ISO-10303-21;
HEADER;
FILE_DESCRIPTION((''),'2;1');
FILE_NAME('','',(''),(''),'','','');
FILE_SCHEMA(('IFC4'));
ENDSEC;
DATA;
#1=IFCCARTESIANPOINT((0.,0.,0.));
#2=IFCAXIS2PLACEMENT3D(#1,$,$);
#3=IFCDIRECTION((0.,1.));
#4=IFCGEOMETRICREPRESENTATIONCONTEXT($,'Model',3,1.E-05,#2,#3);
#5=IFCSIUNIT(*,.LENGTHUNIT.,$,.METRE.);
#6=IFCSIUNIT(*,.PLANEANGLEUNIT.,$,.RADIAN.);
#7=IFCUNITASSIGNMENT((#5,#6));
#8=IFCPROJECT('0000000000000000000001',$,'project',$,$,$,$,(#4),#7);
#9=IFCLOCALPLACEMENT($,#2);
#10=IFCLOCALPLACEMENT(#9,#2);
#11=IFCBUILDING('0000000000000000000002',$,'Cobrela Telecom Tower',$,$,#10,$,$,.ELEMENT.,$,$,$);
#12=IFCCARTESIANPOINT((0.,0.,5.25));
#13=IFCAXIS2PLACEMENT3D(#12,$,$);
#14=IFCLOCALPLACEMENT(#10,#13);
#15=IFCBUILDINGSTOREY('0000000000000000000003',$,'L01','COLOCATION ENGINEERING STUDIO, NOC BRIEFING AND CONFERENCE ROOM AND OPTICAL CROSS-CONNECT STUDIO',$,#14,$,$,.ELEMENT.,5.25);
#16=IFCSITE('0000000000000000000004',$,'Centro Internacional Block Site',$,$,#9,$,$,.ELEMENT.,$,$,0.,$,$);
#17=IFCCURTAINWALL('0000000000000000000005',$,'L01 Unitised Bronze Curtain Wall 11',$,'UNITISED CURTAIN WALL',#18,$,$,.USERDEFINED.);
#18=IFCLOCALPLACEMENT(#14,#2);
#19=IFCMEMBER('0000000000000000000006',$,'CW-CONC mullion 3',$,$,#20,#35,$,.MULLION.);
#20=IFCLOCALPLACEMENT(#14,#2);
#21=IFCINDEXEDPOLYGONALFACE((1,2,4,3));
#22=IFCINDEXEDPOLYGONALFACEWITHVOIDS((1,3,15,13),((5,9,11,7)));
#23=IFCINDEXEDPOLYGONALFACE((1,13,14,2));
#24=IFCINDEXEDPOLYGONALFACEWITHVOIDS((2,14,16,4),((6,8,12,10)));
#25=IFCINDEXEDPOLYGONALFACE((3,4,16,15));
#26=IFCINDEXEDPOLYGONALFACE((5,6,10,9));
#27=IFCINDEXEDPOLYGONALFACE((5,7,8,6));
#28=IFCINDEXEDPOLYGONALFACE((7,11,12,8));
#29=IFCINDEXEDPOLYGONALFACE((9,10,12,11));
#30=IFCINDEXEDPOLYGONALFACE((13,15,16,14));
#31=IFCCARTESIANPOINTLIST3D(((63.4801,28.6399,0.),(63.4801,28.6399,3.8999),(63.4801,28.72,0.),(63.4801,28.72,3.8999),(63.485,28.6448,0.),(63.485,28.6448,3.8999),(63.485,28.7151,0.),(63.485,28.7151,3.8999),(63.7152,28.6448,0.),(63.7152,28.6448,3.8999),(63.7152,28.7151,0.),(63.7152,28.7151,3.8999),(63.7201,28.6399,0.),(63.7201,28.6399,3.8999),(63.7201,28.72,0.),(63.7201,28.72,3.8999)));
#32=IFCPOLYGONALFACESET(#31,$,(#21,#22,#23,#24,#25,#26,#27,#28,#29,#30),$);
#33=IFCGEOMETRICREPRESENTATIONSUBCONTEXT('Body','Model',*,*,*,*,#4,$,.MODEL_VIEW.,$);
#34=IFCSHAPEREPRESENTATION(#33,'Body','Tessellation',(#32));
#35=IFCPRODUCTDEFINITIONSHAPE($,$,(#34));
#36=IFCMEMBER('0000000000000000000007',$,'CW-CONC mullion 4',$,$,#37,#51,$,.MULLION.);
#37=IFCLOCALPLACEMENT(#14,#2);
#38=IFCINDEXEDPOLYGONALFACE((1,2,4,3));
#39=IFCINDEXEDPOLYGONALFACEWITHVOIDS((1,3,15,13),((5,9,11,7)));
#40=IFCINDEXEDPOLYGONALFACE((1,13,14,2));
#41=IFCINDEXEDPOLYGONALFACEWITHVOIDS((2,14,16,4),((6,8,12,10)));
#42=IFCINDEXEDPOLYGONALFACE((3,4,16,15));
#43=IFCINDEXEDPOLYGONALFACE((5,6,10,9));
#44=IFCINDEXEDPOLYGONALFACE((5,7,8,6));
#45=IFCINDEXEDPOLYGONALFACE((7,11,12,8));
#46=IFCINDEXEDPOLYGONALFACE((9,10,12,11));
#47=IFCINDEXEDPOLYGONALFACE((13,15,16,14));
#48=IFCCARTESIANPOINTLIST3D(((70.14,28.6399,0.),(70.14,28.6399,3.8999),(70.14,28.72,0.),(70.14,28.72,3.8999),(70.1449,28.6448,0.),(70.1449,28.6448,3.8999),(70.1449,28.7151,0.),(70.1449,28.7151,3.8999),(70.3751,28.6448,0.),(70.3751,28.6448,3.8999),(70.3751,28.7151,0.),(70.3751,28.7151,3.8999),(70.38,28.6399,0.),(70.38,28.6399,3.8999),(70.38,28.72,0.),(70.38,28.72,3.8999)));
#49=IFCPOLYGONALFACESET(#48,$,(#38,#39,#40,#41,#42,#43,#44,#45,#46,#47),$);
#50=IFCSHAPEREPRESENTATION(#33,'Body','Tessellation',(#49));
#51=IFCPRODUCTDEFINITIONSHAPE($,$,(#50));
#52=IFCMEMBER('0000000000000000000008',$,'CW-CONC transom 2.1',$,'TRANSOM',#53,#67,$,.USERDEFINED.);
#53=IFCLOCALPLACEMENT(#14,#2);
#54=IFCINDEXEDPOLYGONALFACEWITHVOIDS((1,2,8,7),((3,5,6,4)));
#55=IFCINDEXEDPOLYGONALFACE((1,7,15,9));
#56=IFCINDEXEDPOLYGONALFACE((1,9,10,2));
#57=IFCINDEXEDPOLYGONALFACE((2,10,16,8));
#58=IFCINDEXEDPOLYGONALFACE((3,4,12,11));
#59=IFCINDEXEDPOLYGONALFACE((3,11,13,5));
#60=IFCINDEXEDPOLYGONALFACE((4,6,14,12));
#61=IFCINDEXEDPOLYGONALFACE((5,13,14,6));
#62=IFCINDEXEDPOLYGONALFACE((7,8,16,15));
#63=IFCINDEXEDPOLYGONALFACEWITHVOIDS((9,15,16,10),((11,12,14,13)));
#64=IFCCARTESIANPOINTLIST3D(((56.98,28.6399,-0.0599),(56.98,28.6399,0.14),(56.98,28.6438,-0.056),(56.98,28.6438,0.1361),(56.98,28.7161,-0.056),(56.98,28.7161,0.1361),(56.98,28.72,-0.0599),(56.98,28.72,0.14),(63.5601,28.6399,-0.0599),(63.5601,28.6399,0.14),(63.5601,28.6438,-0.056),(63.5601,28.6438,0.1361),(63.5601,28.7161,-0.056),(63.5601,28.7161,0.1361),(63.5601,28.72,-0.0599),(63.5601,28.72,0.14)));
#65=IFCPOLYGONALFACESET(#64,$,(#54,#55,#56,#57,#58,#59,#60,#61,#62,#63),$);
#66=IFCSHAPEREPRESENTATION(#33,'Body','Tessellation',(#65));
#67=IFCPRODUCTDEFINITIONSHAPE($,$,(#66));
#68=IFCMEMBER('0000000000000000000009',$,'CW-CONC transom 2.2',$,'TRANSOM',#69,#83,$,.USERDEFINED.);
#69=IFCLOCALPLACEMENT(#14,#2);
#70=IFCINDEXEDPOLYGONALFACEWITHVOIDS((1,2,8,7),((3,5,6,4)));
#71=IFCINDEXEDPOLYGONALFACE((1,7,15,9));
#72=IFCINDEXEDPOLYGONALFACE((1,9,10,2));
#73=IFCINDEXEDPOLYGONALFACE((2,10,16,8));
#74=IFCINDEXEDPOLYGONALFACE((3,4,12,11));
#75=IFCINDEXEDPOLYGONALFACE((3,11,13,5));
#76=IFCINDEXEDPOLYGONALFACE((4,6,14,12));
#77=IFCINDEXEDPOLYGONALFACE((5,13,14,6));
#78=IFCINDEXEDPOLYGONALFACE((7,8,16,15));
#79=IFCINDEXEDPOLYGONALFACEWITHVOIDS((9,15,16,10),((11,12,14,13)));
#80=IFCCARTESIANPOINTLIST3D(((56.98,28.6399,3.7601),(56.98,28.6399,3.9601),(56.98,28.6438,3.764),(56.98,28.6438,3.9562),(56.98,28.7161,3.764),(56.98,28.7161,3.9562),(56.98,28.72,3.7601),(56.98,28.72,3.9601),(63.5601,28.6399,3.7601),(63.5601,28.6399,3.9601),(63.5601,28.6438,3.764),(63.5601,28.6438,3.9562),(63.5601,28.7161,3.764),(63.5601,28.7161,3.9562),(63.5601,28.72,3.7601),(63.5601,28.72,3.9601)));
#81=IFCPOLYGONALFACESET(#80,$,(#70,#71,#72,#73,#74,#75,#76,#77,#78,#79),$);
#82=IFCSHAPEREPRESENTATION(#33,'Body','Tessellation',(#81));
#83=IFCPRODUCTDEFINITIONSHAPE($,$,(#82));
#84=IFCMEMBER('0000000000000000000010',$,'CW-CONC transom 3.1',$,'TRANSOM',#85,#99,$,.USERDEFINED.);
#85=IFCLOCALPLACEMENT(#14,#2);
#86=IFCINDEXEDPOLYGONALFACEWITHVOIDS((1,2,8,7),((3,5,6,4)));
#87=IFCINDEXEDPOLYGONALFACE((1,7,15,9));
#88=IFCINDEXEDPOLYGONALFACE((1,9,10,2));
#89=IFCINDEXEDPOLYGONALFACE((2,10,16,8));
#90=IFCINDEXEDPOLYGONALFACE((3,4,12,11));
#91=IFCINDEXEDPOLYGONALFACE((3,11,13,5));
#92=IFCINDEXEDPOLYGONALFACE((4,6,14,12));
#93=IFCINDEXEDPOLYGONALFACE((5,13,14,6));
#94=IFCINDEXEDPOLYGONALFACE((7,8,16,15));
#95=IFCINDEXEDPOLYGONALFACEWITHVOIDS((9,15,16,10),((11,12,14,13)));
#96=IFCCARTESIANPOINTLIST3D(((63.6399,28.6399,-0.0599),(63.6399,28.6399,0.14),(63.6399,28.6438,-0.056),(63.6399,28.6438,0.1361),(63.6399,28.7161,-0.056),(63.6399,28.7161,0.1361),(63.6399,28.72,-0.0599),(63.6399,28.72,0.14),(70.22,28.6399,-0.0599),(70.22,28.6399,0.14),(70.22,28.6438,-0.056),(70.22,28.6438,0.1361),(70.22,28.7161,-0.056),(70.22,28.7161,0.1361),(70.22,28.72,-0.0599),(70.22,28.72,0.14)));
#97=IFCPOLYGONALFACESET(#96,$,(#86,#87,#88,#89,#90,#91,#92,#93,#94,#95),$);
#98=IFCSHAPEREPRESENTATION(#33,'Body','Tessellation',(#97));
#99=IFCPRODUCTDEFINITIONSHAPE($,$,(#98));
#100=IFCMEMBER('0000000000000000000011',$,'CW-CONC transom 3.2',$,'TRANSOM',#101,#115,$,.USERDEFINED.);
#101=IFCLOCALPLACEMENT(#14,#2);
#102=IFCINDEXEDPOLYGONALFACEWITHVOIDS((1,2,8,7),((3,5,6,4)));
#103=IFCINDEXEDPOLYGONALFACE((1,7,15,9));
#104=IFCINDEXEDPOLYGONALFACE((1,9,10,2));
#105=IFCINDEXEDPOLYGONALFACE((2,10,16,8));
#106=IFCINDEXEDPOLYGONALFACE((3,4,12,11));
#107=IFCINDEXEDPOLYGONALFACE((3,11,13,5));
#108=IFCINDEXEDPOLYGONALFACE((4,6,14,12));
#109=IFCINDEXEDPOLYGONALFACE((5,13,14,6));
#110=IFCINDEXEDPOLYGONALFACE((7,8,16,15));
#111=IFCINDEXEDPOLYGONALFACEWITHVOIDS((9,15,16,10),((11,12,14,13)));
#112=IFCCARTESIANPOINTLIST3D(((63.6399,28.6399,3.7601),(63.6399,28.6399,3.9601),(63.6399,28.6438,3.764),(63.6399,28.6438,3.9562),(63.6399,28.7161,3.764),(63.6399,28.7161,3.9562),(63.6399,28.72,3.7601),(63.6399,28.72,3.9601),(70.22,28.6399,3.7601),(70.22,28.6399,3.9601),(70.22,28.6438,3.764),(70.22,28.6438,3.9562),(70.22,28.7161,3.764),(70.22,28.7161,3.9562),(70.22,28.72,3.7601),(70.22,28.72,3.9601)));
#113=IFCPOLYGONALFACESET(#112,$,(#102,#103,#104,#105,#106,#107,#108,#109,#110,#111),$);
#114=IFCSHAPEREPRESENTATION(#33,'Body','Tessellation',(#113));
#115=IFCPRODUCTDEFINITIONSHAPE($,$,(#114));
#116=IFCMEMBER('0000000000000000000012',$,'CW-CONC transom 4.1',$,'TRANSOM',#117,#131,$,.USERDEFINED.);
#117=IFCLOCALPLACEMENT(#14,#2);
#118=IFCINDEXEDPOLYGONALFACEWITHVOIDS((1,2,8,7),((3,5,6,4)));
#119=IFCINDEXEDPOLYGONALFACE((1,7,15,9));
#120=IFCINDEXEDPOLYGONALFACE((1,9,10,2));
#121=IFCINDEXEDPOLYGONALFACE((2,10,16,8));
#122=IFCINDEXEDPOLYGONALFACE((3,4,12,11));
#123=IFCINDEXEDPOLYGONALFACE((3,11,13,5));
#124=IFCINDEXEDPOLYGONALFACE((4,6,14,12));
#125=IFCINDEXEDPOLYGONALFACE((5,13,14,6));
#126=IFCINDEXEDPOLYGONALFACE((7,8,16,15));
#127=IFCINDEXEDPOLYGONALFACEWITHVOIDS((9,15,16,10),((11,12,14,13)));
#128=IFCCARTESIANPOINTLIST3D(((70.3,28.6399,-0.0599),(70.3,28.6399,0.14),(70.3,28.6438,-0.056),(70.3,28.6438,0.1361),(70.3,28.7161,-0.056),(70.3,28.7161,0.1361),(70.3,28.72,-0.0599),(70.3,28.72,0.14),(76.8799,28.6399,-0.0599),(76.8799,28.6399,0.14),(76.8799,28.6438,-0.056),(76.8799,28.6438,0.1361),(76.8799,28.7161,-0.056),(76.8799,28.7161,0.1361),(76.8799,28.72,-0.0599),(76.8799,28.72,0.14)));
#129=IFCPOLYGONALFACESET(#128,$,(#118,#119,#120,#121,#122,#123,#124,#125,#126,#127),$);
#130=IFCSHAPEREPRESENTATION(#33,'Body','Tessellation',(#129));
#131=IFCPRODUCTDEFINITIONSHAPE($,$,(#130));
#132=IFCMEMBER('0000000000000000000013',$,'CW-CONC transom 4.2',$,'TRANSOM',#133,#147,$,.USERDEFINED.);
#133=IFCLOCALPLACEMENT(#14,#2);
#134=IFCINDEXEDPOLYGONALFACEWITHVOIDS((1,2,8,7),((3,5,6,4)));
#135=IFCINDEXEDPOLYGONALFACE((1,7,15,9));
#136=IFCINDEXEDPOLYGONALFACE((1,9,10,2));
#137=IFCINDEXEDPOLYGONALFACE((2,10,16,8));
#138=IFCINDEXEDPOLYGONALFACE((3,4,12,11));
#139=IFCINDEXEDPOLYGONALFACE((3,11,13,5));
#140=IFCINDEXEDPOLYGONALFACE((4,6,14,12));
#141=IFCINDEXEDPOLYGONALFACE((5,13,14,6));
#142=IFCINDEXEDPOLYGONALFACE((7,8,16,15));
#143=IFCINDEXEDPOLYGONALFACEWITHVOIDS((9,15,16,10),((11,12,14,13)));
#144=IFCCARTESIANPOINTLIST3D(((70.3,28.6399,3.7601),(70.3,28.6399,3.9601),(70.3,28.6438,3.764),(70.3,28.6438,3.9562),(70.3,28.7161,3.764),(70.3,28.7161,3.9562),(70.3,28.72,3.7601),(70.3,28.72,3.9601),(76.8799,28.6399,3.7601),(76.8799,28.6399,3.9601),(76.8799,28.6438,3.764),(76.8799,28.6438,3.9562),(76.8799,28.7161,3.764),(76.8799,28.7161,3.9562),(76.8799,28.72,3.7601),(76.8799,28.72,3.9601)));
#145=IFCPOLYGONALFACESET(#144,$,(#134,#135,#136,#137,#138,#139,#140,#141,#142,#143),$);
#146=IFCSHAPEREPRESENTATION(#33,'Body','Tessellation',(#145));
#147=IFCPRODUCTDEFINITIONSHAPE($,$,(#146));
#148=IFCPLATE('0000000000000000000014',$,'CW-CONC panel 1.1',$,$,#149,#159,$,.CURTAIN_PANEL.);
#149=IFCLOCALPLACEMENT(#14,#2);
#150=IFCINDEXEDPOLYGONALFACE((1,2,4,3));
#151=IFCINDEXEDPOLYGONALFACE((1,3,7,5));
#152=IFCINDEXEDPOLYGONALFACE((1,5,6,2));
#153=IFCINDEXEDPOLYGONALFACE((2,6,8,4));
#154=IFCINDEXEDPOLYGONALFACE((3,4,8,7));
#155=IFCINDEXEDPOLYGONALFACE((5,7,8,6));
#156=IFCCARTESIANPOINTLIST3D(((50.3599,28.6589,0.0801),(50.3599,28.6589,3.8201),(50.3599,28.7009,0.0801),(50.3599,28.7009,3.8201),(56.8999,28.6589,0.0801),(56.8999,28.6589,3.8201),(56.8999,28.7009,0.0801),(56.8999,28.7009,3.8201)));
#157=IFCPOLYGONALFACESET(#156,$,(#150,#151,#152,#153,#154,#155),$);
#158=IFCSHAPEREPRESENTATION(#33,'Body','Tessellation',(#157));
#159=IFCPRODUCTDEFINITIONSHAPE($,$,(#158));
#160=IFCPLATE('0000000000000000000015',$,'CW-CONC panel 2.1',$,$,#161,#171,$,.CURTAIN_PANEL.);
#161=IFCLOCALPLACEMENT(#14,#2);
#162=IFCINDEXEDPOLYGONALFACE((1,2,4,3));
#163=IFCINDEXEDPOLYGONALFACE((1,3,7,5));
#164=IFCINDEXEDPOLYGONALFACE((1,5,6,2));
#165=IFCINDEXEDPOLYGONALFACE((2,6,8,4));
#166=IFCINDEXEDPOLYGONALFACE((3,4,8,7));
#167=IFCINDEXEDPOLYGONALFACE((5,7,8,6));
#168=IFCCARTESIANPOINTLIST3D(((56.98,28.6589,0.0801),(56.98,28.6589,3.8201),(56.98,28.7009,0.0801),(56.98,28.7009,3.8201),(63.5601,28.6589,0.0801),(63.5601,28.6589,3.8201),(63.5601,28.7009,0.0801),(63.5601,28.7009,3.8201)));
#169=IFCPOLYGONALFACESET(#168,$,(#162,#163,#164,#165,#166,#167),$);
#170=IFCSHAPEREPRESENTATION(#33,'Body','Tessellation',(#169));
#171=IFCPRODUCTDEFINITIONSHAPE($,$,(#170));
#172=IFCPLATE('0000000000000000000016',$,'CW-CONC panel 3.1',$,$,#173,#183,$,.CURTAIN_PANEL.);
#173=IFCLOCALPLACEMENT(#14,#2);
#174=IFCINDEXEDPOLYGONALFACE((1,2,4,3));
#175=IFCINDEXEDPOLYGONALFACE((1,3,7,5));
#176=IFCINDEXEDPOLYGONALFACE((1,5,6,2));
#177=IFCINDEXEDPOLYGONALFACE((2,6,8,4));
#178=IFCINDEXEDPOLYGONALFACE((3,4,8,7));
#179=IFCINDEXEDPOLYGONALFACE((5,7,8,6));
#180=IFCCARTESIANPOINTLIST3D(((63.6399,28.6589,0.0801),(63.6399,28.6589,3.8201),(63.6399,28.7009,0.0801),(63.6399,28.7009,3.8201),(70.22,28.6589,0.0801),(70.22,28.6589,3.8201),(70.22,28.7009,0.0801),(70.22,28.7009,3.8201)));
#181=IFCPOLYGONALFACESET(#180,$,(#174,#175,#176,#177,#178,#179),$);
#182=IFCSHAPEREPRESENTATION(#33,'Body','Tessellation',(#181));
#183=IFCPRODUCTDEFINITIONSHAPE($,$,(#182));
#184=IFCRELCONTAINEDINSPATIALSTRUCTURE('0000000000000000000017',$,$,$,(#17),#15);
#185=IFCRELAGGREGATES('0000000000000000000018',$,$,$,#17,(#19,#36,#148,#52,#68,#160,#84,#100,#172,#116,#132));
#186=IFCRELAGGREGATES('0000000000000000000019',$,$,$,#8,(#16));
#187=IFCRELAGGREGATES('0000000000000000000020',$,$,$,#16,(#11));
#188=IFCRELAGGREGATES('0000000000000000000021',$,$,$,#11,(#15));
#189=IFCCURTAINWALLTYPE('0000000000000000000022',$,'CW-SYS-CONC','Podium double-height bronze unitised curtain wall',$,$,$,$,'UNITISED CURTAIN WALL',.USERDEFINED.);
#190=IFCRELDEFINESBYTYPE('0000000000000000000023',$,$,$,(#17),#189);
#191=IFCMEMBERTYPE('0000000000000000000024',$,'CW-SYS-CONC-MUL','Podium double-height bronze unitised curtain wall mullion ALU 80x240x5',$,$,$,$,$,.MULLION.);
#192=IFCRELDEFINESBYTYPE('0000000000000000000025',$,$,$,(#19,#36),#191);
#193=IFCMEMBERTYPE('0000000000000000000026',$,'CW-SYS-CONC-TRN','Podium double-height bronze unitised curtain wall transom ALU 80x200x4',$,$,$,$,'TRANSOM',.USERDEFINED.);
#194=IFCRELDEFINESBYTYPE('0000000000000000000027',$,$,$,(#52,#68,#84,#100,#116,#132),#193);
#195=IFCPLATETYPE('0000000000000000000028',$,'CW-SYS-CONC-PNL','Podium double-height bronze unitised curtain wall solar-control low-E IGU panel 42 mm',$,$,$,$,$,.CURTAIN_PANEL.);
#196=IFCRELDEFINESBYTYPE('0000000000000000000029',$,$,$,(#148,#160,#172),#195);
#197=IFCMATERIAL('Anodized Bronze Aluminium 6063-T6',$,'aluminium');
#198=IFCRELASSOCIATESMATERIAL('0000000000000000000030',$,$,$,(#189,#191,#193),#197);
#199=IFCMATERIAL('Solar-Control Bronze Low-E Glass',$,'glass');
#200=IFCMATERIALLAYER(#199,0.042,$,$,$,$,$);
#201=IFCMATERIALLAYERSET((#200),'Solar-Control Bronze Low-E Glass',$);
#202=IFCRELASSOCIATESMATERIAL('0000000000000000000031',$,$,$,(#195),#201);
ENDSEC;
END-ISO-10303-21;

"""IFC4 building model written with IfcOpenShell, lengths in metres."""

from ifc_helpers import new_model, si_unit, direction, frame, origin, origin_2d, place, context, subcontext, project, spatial, rectangle, hollow_rectangle, extrude, material, layer, layer_set, material_profile, profile_set, type_object, element, aggregate, save


model = new_model("IFC4")

# Units and contexts
model_context = context("Model", 3, precision=1e-05, world=origin(), true_north=direction((0.0, 1.0)))
body_context = subcontext(model_context, "Body", "Model", "MODEL_VIEW")
ifc_project = project(units=[si_unit("LENGTHUNIT", "METRE"), si_unit("PLANEANGLEUNIT", "RADIAN")], contexts=[model_context])

# Site, building, storey
site_placement = place(None, origin())
site = spatial("IfcSite", under=ifc_project, at=site_placement, Name="Centro Internacional Block Site", CompositionType="ELEMENT", RefElevation=0.0)
building_placement = place(site_placement, origin())
building = spatial("IfcBuilding", under=site, at=building_placement, Name="Cobrela Telecom Tower", CompositionType="ELEMENT")
storey_placement = place(building_placement, frame((0.0, 0.0, 5.25)))
storey = spatial("IfcBuildingStorey", under=building, at=storey_placement, Name="L01", Description="COLOCATION ENGINEERING STUDIO, NOC BRIEFING AND CONFERENCE ROOM AND OPTICAL CROSS-CONNECT STUDIO", CompositionType="ELEMENT", Elevation=5.25)

# Curtain wall, members, plates
ifc_material_1 = material(Name="Anodized Bronze Aluminium 6063-T6", Category="aluminium")
curtain_wall_type = type_object("IfcCurtainWallType", Name="CW-SYS-CONC", Description="Podium double-height bronze unitised curtain wall", ElementType="UNITISED CURTAIN WALL", PredefinedType="USERDEFINED", material=ifc_material_1)
curtain_wall_placement = place(storey_placement, origin())
curtain_wall = element("IfcCurtainWall", 1, at=curtain_wall_placement, inside=storey, type_object=curtain_wall_type, Name="L01 Unitised Bronze Curtain Wall 11", ObjectType="UNITISED CURTAIN WALL", PredefinedType="USERDEFINED")
ifc_material_profile_1 = material_profile(ifc_material_1, hollow_rectangle(XDim=0.0801, YDim=0.24, WallThickness=0.0049, at=origin_2d()), Name="ALU 80x240x5")
ifc_profile_set_1 = profile_set([ifc_material_profile_1], Name="Anodized Bronze Aluminium 6063-T6")
member_type_1 = type_object("IfcMemberType", Name="CW-SYS-CONC-MUL", Description="Podium double-height bronze unitised curtain wall mullion ALU 80x240x5", PredefinedType="MULLION", material=ifc_profile_set_1)
member_1_placement = place(storey_placement, frame((63.6001, 28.6799, 0.0), z_axis=(0.0, 0.0, 1.0), x_axis=(0.0, 1.0, 0.0)))
member_1 = element("IfcMember", 2, at=member_1_placement, type_object=member_type_1, Name="CW-CONC mullion 3", PredefinedType="MULLION", context=body_context, shape_type="SweptSolid", body=[
    extrude(hollow_rectangle(XDim=0.0801, YDim=0.24, WallThickness=0.0049, at=origin_2d()), origin(), (0.0, 0.0, 1.0), 3.8999),
])
member_2_placement = place(storey_placement, frame((70.26, 28.6799, 0.0), z_axis=(0.0, 0.0, 1.0), x_axis=(0.0, 1.0, 0.0)))
member_2 = element("IfcMember", 3, at=member_2_placement, type_object=member_type_1, Name="CW-CONC mullion 4", PredefinedType="MULLION", context=body_context, shape_type="SweptSolid", body=[
    extrude(hollow_rectangle(XDim=0.0801, YDim=0.24, WallThickness=0.0049, at=origin_2d()), origin(), (0.0, 0.0, 1.0), 3.8999),
])
ifc_material_profile_2 = material_profile(ifc_material_1, hollow_rectangle(XDim=0.0801, YDim=0.2, WallThickness=0.0039, at=origin_2d()), Name="ALU 80x200x4")
ifc_profile_set_2 = profile_set([ifc_material_profile_2], Name="Anodized Bronze Aluminium 6063-T6")
member_type_2 = type_object("IfcMemberType", Name="CW-SYS-CONC-TRN", Description="Podium double-height bronze unitised curtain wall transom ALU 80x200x4", ElementType="TRANSOM", PredefinedType="USERDEFINED", material=ifc_profile_set_2)
member_3_placement = place(storey_placement, frame((56.98, 28.6799, 0.04), z_axis=(1.0, 0.0, 0.0), x_axis=(0.0, 1.0, 0.0)))
member_3 = element("IfcMember", 4, at=member_3_placement, type_object=member_type_2, Name="CW-CONC transom 2.1", ObjectType="TRANSOM", PredefinedType="USERDEFINED", context=body_context, shape_type="SweptSolid", body=[
    extrude(hollow_rectangle(XDim=0.0801, YDim=0.2, WallThickness=0.0039, at=origin_2d()), origin(), (0.0, 0.0, 1.0), 6.5801),
])
member_4_placement = place(storey_placement, frame((56.98, 28.6799, 3.8601), z_axis=(1.0, 0.0, 0.0), x_axis=(0.0, 1.0, 0.0)))
member_4 = element("IfcMember", 5, at=member_4_placement, type_object=member_type_2, Name="CW-CONC transom 2.2", ObjectType="TRANSOM", PredefinedType="USERDEFINED", context=body_context, shape_type="SweptSolid", body=[
    extrude(hollow_rectangle(XDim=0.0801, YDim=0.2, WallThickness=0.0039, at=origin_2d()), origin(), (0.0, 0.0, 1.0), 6.5801),
])
member_5_placement = place(storey_placement, frame((63.6399, 28.6799, 0.04), z_axis=(1.0, 0.0, 0.0), x_axis=(0.0, 1.0, 0.0)))
member_5 = element("IfcMember", 6, at=member_5_placement, type_object=member_type_2, Name="CW-CONC transom 3.1", ObjectType="TRANSOM", PredefinedType="USERDEFINED", context=body_context, shape_type="SweptSolid", body=[
    extrude(hollow_rectangle(XDim=0.0801, YDim=0.2, WallThickness=0.0039, at=origin_2d()), origin(), (0.0, 0.0, 1.0), 6.5801),
])
member_6_placement = place(storey_placement, frame((63.6399, 28.6799, 3.8601), z_axis=(1.0, 0.0, 0.0), x_axis=(0.0, 1.0, 0.0)))
member_6 = element("IfcMember", 7, at=member_6_placement, type_object=member_type_2, Name="CW-CONC transom 3.2", ObjectType="TRANSOM", PredefinedType="USERDEFINED", context=body_context, shape_type="SweptSolid", body=[
    extrude(hollow_rectangle(XDim=0.0801, YDim=0.2, WallThickness=0.0039, at=origin_2d()), origin(), (0.0, 0.0, 1.0), 6.5801),
])
member_7_placement = place(storey_placement, frame((70.3, 28.6799, 0.04), z_axis=(1.0, 0.0, 0.0), x_axis=(0.0, 1.0, 0.0)))
member_7 = element("IfcMember", 8, at=member_7_placement, type_object=member_type_2, Name="CW-CONC transom 4.1", ObjectType="TRANSOM", PredefinedType="USERDEFINED", context=body_context, shape_type="SweptSolid", body=[
    extrude(hollow_rectangle(XDim=0.0801, YDim=0.2, WallThickness=0.0039, at=origin_2d()), origin(), (0.0, 0.0, 1.0), 6.5798),
])
member_8_placement = place(storey_placement, frame((70.3, 28.6799, 3.8601), z_axis=(1.0, 0.0, 0.0), x_axis=(0.0, 1.0, 0.0)))
member_8 = element("IfcMember", 9, at=member_8_placement, type_object=member_type_2, Name="CW-CONC transom 4.2", ObjectType="TRANSOM", PredefinedType="USERDEFINED", context=body_context, shape_type="SweptSolid", body=[
    extrude(hollow_rectangle(XDim=0.0801, YDim=0.2, WallThickness=0.0039, at=origin_2d()), origin(), (0.0, 0.0, 1.0), 6.5798),
])
ifc_material_2 = material(Name="Solar-Control Bronze Low-E Glass", Category="glass")
ifc_layer_1 = layer(ifc_material_2, 0.042)
ifc_layer_set_1 = layer_set([ifc_layer_1], Name="Solar-Control Bronze Low-E Glass")
plate_type = type_object("IfcPlateType", Name="CW-SYS-CONC-PNL", Description="Podium double-height bronze unitised curtain wall solar-control low-E IGU panel 42 mm", PredefinedType="CURTAIN_PANEL", material=ifc_layer_set_1)
plate_1_placement = place(storey_placement, frame((53.6299, 28.6799, 0.0801), z_axis=(0.0, 0.0, 1.0), x_axis=(1.0, 0.0, 0.0)))
plate_1 = element("IfcPlate", 10, at=plate_1_placement, type_object=plate_type, Name="CW-CONC panel 1.1", PredefinedType="CURTAIN_PANEL", context=body_context, shape_type="SweptSolid", body=[
    extrude(rectangle(XDim=6.54, YDim=0.042, at=origin_2d()), origin(), (0.0, 0.0, 1.0), 3.74),
])
plate_2_placement = place(storey_placement, frame((60.27, 28.6799, 0.0801), z_axis=(0.0, 0.0, 1.0), x_axis=(1.0, 0.0, 0.0)))
plate_2 = element("IfcPlate", 11, at=plate_2_placement, type_object=plate_type, Name="CW-CONC panel 2.1", PredefinedType="CURTAIN_PANEL", context=body_context, shape_type="SweptSolid", body=[
    extrude(rectangle(XDim=6.5801, YDim=0.042, at=origin_2d()), origin(), (0.0, 0.0, 1.0), 3.74),
])
plate_3_placement = place(storey_placement, frame((66.9299, 28.6799, 0.0801), z_axis=(0.0, 0.0, 1.0), x_axis=(1.0, 0.0, 0.0)))
plate_3 = element("IfcPlate", 12, at=plate_3_placement, type_object=plate_type, Name="CW-CONC panel 3.1", PredefinedType="CURTAIN_PANEL", context=body_context, shape_type="SweptSolid", body=[
    extrude(rectangle(XDim=6.5801, YDim=0.042, at=origin_2d()), origin(), (0.0, 0.0, 1.0), 3.74),
])
aggregate(curtain_wall, [member_1, member_2, plate_1, member_3, member_4, plate_2, member_5, member_6, plate_3, member_7, member_8])

save(model, "model.ifc")
